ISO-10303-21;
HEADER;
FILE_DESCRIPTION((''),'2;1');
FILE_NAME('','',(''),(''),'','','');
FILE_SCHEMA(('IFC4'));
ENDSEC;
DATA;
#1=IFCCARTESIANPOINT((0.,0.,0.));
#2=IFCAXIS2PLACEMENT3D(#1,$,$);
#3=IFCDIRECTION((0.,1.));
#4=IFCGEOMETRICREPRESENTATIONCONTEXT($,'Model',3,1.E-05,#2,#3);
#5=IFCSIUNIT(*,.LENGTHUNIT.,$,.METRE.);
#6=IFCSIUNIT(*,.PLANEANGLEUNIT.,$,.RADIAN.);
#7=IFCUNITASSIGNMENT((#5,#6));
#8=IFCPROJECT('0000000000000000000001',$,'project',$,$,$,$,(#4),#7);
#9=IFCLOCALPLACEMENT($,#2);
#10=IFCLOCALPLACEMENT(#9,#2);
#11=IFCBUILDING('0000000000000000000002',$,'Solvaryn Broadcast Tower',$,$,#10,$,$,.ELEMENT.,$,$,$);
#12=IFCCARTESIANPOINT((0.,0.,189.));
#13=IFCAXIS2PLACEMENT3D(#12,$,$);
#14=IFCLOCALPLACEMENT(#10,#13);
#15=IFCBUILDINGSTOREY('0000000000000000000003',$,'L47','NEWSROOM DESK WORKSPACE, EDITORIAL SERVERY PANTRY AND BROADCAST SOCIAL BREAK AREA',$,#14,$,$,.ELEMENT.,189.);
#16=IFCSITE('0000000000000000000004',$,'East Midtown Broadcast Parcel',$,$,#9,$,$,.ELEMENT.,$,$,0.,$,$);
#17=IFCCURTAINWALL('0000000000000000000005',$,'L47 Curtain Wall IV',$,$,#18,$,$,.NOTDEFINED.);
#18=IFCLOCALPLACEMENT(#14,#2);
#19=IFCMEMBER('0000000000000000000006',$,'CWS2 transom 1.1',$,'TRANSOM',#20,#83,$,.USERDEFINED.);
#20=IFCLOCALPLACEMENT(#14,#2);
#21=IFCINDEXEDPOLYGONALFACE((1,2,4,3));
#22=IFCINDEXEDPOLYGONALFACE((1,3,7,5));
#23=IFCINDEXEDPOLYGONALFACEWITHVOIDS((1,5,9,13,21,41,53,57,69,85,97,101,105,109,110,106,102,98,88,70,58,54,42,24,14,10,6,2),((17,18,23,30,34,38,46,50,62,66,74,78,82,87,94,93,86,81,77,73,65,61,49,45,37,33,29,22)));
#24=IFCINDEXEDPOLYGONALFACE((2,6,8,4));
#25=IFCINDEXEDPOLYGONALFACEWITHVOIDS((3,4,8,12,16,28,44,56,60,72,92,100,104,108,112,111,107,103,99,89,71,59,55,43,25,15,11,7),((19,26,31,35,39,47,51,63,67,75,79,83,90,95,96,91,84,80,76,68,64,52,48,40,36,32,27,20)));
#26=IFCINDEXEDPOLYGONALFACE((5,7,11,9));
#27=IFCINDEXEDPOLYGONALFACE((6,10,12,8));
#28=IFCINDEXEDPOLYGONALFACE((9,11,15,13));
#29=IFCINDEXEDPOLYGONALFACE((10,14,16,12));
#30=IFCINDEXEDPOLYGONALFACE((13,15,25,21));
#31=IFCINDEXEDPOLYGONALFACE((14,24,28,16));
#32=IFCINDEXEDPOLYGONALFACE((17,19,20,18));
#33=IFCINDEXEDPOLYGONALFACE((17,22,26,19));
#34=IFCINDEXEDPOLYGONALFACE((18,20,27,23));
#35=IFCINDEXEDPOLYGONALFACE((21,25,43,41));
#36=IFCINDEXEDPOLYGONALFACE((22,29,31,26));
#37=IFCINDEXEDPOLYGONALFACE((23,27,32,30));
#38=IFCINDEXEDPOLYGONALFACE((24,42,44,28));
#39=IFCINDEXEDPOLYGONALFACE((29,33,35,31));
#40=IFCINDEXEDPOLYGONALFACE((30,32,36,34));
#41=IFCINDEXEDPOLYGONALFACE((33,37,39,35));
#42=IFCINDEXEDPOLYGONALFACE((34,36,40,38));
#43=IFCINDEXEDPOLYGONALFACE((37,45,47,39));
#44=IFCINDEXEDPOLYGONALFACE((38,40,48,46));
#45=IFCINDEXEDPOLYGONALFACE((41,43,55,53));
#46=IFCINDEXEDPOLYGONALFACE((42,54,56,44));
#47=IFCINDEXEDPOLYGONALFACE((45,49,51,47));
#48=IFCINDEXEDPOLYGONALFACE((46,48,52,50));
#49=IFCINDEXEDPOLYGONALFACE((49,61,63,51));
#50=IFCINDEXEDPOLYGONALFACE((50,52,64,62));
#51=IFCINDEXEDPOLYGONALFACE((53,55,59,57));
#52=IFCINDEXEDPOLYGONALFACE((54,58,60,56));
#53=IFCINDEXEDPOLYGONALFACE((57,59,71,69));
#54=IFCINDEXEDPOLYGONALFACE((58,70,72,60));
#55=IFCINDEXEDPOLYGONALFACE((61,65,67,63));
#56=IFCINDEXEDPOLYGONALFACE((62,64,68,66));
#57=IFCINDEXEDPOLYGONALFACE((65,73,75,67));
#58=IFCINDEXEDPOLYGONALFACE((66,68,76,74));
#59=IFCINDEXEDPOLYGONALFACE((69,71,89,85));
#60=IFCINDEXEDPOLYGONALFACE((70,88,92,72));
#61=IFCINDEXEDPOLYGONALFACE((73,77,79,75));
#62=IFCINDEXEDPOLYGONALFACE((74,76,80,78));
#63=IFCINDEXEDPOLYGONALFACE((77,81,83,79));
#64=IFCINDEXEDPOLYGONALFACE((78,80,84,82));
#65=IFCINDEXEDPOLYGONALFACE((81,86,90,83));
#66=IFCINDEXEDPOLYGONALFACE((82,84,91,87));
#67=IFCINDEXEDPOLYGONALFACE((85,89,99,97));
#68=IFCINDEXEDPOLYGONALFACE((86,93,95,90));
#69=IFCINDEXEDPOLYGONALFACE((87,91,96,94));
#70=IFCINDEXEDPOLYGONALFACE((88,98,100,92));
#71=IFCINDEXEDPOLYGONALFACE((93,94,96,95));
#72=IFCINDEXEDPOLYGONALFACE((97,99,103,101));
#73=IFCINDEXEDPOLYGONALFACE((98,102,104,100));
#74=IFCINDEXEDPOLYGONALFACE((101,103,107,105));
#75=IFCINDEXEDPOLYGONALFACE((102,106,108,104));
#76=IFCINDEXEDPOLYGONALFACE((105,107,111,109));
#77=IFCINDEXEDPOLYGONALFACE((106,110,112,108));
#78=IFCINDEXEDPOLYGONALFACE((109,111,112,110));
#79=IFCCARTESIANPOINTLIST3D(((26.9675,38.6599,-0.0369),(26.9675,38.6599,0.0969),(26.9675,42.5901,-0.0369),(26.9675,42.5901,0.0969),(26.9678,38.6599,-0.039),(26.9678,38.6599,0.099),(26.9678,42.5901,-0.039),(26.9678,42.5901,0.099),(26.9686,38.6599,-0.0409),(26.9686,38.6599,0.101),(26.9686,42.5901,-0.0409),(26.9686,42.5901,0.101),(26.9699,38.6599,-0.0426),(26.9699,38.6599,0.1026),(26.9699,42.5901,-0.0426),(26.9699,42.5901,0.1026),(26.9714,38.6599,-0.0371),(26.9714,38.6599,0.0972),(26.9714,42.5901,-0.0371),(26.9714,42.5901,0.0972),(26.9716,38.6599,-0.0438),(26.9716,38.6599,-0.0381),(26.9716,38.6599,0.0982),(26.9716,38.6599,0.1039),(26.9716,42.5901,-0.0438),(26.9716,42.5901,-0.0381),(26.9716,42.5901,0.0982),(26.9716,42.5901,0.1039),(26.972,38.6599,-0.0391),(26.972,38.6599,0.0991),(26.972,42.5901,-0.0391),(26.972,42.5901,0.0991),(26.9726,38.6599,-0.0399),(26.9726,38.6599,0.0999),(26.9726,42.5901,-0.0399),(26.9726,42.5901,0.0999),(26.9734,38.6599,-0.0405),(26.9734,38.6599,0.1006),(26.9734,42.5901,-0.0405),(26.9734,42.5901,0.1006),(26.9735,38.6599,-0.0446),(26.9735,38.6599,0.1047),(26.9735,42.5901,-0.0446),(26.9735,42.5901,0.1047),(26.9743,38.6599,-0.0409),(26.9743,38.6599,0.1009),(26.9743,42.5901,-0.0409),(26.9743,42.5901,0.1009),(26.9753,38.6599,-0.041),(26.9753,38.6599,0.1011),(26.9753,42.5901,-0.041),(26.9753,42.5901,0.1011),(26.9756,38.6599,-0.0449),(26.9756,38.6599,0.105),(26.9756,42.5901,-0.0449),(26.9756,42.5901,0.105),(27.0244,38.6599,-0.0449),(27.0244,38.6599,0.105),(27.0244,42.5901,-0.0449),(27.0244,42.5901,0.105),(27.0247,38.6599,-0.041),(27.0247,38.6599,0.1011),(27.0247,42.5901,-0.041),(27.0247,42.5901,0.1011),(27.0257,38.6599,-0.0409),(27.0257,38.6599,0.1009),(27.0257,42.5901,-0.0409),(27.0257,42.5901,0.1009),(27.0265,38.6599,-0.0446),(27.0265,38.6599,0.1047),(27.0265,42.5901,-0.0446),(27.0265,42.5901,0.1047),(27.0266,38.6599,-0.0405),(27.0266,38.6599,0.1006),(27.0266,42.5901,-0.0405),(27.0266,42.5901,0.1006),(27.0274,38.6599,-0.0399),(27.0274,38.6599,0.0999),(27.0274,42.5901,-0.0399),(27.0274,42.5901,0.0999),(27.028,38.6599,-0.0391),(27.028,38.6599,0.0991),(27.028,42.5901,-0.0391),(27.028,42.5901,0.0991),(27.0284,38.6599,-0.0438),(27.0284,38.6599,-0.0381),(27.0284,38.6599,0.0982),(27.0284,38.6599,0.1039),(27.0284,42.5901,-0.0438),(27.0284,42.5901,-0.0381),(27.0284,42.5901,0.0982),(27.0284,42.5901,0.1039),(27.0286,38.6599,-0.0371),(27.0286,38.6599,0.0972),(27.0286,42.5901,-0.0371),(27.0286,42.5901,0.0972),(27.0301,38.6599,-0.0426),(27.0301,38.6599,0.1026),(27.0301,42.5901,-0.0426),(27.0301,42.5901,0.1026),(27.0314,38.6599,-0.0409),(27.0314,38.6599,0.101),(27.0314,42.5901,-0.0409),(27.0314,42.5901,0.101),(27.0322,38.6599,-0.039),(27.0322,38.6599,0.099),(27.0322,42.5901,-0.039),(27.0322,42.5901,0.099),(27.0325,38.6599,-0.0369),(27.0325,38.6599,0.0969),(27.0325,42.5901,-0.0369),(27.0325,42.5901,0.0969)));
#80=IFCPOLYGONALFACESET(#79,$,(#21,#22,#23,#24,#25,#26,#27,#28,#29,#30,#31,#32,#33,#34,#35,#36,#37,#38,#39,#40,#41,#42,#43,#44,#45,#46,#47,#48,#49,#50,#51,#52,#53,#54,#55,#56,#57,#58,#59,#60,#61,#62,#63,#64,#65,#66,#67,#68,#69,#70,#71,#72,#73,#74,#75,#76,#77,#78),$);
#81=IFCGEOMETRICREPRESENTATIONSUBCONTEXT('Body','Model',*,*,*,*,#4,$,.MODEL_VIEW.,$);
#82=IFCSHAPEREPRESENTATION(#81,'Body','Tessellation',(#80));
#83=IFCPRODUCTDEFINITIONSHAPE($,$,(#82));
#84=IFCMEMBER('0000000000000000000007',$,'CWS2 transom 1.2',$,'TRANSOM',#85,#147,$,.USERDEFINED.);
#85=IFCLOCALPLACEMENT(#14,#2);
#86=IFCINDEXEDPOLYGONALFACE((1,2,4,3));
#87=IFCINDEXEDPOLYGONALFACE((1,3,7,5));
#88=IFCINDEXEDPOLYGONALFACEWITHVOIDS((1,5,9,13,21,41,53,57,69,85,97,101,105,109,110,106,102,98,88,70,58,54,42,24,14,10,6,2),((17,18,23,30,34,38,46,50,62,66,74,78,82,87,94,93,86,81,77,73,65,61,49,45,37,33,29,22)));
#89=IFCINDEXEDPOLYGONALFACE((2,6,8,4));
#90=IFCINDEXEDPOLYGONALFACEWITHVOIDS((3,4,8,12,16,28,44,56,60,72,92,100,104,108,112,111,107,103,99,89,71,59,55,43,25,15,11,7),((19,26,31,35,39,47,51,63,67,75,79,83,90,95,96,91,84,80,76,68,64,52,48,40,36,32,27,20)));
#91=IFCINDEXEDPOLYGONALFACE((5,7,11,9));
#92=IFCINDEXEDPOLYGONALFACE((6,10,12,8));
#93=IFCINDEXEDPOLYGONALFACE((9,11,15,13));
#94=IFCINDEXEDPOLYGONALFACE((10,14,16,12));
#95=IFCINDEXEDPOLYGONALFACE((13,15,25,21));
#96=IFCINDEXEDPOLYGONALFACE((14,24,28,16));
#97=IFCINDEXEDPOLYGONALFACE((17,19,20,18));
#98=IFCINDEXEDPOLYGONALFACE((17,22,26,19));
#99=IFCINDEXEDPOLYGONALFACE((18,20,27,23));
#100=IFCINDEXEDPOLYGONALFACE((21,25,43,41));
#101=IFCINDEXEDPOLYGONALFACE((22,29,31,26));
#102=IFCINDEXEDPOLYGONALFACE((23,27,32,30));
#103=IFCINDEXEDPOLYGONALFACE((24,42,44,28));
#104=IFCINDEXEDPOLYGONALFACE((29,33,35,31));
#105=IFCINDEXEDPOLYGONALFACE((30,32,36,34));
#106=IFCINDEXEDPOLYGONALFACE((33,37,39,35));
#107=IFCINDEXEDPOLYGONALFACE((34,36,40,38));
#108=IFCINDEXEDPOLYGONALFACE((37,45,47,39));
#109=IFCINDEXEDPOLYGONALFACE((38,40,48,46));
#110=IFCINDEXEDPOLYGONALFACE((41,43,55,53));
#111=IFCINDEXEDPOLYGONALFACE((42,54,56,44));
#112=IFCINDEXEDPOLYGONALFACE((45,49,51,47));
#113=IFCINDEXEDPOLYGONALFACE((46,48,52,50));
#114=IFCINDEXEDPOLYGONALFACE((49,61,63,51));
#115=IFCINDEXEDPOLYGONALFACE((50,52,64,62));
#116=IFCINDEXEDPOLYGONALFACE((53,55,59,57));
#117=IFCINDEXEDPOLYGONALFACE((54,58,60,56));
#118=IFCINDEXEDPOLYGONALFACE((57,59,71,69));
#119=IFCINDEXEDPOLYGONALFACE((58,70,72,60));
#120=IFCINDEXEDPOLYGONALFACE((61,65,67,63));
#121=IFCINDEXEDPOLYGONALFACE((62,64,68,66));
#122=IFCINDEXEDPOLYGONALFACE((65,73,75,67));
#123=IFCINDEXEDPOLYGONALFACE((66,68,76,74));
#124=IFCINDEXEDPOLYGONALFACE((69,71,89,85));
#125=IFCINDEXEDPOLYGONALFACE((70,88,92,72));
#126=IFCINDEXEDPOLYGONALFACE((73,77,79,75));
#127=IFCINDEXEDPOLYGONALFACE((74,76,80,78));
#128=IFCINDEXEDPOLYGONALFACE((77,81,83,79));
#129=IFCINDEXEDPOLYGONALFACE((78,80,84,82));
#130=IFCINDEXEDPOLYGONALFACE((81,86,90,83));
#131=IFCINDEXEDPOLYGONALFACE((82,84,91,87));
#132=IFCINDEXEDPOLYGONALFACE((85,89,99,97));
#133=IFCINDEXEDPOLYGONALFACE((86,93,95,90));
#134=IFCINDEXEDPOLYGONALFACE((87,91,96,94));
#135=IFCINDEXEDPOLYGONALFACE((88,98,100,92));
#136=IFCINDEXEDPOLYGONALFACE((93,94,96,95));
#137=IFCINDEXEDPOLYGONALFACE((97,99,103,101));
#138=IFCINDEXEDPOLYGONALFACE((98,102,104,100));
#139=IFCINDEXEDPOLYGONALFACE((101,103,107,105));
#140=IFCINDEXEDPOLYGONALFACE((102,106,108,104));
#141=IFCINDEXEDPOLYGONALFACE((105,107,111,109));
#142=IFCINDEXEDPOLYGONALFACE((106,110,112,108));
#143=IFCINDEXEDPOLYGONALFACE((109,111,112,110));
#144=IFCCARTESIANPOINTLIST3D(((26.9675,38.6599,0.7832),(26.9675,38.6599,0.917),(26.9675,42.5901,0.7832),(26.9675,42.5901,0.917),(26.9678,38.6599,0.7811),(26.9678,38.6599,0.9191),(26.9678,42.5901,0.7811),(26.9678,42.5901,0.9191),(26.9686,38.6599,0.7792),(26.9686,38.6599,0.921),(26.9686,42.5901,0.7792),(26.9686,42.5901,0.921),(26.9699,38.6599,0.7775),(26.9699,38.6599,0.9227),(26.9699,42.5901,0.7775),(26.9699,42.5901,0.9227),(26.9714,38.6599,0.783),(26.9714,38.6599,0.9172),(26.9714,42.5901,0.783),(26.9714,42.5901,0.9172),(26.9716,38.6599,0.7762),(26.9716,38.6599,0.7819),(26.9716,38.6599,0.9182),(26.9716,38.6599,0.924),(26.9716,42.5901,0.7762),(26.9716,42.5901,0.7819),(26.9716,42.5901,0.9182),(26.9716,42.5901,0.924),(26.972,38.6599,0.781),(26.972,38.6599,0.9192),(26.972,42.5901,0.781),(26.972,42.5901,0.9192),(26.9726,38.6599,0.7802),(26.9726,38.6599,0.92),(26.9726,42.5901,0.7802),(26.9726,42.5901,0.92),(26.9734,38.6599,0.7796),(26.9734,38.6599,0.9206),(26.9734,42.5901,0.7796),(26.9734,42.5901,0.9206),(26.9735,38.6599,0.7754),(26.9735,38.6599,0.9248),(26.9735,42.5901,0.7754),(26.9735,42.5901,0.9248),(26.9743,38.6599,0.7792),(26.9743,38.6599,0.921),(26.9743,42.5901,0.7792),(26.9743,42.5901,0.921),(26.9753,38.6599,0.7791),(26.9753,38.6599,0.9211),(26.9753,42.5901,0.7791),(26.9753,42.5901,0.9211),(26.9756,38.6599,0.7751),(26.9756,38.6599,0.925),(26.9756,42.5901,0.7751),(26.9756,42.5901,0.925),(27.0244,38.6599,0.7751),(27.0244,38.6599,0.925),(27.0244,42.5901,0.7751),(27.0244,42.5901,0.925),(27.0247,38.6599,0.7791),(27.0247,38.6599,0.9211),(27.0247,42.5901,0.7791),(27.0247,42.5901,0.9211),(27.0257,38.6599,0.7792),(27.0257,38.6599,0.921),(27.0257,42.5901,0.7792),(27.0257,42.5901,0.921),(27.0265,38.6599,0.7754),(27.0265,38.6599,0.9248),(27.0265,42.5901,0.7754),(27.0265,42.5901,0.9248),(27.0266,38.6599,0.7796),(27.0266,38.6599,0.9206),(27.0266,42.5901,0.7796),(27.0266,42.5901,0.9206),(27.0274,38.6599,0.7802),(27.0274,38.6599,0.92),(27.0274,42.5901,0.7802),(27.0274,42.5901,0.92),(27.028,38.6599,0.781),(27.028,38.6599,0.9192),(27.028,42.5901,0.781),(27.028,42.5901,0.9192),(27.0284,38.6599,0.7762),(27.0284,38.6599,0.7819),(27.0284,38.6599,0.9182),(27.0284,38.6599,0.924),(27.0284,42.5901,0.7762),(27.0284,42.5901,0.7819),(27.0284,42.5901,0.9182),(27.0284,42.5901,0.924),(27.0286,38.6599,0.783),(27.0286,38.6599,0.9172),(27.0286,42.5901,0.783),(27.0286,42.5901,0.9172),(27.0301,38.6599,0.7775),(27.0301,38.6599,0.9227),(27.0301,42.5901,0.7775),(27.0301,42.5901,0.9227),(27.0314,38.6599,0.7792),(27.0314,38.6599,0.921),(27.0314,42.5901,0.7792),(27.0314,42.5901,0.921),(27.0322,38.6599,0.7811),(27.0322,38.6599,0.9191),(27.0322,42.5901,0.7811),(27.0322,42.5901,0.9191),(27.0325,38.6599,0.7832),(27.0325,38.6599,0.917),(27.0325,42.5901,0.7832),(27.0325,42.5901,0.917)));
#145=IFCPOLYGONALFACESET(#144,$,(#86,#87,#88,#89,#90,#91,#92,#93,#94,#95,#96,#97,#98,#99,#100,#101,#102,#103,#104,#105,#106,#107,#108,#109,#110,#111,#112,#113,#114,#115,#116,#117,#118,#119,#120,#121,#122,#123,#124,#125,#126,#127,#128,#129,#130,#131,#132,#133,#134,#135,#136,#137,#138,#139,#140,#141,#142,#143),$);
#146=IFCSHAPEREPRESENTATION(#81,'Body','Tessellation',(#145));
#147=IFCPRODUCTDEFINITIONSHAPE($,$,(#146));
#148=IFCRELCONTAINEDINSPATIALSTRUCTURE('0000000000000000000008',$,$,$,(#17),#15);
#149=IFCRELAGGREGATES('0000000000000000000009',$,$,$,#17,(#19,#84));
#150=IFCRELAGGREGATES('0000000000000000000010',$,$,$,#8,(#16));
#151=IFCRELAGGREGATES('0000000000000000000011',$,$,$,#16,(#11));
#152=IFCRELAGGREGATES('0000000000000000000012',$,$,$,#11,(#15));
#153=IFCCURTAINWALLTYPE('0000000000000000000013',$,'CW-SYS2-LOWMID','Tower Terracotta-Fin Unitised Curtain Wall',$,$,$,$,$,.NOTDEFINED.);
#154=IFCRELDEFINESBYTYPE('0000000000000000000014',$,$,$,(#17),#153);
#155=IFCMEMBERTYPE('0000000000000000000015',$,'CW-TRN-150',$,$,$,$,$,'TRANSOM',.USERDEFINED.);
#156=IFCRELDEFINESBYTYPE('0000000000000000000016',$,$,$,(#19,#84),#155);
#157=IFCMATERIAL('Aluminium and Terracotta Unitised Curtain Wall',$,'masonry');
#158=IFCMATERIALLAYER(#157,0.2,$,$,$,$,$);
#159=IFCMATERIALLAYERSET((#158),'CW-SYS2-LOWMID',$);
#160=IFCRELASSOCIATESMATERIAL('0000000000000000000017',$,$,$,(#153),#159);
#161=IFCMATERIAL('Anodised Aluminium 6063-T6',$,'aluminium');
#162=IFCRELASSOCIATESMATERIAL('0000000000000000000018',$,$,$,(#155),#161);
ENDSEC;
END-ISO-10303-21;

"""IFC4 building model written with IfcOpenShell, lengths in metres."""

from ifc_helpers import new_model, si_unit, direction, frame, origin, origin_2d, place, context, subcontext, project, spatial, hollow_rectangle, extrude, material, layer, layer_set, material_profile, profile_set, type_object, element, aggregate, save


model = new_model("IFC4")

# Units and contexts
model_context = context("Model", 3, precision=1e-05, world=origin(), true_north=direction((0.0, 1.0)))
body_context = subcontext(model_context, "Body", "Model", "MODEL_VIEW")
ifc_project = project(units=[si_unit("LENGTHUNIT", "METRE"), si_unit("PLANEANGLEUNIT", "RADIAN")], contexts=[model_context])

# Site, building, storey
site_placement = place(None, origin())
site = spatial("IfcSite", under=ifc_project, at=site_placement, Name="East Midtown Broadcast Parcel", CompositionType="ELEMENT", RefElevation=0.0)
building_placement = place(site_placement, origin())
building = spatial("IfcBuilding", under=site, at=building_placement, Name="Solvaryn Broadcast Tower", CompositionType="ELEMENT")
storey_placement = place(building_placement, frame((0.0, 0.0, 189.0)))
storey = spatial("IfcBuildingStorey", under=building, at=storey_placement, Name="L47", Description="NEWSROOM DESK WORKSPACE, EDITORIAL SERVERY PANTRY AND BROADCAST SOCIAL BREAK AREA", CompositionType="ELEMENT", Elevation=189.0)

# Curtain wall
ifc_material_1 = material(Name="Aluminium and Terracotta Unitised Curtain Wall", Category="masonry")
ifc_layer_1 = layer(ifc_material_1, 0.2)
ifc_layer_set_1 = layer_set([ifc_layer_1], Name="CW-SYS2-LOWMID")
curtain_wall_type = type_object("IfcCurtainWallType", Name="CW-SYS2-LOWMID", Description="Tower Terracotta-Fin Unitised Curtain Wall", PredefinedType="NOTDEFINED", material=ifc_layer_set_1)
curtain_wall_1_placement = place(storey_placement, origin())
curtain_wall_1 = element("IfcCurtainWall", 1, at=curtain_wall_1_placement, inside=storey, type_object=curtain_wall_type, Name="L47 Curtain Wall IV", PredefinedType="NOTDEFINED")

# Members
ifc_material_2 = material(Name="Anodised Aluminium 6063-T6", Category="aluminium")
ifc_material_profile_1 = material_profile(ifc_material_2, hollow_rectangle(XDim=0.0649, YDim=0.1499, WallThickness=0.0039, InnerFilletRadius=0.0039, OuterFilletRadius=0.0081, at=origin_2d()))
ifc_profile_set_1 = profile_set([ifc_material_profile_1], Name="Anodised Aluminium 6063-T6")
member_type_1 = type_object("IfcMemberType", Name="CW-TRN-150", ElementType="TRANSOM", PredefinedType="USERDEFINED", material=ifc_profile_set_1)
member_1_placement = place(storey_placement, frame((27.0, 42.5901, 0.03), z_axis=(0.0, -1.0, 0.0), x_axis=(1.0, 0.0, 0.0)))
member_1 = element("IfcMember", 2, at=member_1_placement, type_object=member_type_1, Name="CWS2 transom 1.1", ObjectType="TRANSOM", PredefinedType="USERDEFINED", context=body_context, shape_type="SweptSolid", body=[
    extrude(hollow_rectangle(XDim=0.0649, YDim=0.1499, WallThickness=0.0039, InnerFilletRadius=0.0039, OuterFilletRadius=0.0081, at=origin_2d()), origin(), (0.0, 0.0, 1.0), 3.9302),
])
member_2_placement = place(storey_placement, frame((27.0, 42.5901, 0.8501), z_axis=(0.0, -1.0, 0.0), x_axis=(1.0, 0.0, 0.0)))
member_2 = element("IfcMember", 3, at=member_2_placement, type_object=member_type_1, Name="CWS2 transom 1.2", ObjectType="TRANSOM", PredefinedType="USERDEFINED", context=body_context, shape_type="SweptSolid", body=[
    extrude(hollow_rectangle(XDim=0.0649, YDim=0.1499, WallThickness=0.0039, InnerFilletRadius=0.0039, OuterFilletRadius=0.0081, at=origin_2d()), origin(), (0.0, 0.0, 1.0), 3.9302),
])

aggregate(curtain_wall_1, [member_1, member_2])

save(model, "model.ifc")
